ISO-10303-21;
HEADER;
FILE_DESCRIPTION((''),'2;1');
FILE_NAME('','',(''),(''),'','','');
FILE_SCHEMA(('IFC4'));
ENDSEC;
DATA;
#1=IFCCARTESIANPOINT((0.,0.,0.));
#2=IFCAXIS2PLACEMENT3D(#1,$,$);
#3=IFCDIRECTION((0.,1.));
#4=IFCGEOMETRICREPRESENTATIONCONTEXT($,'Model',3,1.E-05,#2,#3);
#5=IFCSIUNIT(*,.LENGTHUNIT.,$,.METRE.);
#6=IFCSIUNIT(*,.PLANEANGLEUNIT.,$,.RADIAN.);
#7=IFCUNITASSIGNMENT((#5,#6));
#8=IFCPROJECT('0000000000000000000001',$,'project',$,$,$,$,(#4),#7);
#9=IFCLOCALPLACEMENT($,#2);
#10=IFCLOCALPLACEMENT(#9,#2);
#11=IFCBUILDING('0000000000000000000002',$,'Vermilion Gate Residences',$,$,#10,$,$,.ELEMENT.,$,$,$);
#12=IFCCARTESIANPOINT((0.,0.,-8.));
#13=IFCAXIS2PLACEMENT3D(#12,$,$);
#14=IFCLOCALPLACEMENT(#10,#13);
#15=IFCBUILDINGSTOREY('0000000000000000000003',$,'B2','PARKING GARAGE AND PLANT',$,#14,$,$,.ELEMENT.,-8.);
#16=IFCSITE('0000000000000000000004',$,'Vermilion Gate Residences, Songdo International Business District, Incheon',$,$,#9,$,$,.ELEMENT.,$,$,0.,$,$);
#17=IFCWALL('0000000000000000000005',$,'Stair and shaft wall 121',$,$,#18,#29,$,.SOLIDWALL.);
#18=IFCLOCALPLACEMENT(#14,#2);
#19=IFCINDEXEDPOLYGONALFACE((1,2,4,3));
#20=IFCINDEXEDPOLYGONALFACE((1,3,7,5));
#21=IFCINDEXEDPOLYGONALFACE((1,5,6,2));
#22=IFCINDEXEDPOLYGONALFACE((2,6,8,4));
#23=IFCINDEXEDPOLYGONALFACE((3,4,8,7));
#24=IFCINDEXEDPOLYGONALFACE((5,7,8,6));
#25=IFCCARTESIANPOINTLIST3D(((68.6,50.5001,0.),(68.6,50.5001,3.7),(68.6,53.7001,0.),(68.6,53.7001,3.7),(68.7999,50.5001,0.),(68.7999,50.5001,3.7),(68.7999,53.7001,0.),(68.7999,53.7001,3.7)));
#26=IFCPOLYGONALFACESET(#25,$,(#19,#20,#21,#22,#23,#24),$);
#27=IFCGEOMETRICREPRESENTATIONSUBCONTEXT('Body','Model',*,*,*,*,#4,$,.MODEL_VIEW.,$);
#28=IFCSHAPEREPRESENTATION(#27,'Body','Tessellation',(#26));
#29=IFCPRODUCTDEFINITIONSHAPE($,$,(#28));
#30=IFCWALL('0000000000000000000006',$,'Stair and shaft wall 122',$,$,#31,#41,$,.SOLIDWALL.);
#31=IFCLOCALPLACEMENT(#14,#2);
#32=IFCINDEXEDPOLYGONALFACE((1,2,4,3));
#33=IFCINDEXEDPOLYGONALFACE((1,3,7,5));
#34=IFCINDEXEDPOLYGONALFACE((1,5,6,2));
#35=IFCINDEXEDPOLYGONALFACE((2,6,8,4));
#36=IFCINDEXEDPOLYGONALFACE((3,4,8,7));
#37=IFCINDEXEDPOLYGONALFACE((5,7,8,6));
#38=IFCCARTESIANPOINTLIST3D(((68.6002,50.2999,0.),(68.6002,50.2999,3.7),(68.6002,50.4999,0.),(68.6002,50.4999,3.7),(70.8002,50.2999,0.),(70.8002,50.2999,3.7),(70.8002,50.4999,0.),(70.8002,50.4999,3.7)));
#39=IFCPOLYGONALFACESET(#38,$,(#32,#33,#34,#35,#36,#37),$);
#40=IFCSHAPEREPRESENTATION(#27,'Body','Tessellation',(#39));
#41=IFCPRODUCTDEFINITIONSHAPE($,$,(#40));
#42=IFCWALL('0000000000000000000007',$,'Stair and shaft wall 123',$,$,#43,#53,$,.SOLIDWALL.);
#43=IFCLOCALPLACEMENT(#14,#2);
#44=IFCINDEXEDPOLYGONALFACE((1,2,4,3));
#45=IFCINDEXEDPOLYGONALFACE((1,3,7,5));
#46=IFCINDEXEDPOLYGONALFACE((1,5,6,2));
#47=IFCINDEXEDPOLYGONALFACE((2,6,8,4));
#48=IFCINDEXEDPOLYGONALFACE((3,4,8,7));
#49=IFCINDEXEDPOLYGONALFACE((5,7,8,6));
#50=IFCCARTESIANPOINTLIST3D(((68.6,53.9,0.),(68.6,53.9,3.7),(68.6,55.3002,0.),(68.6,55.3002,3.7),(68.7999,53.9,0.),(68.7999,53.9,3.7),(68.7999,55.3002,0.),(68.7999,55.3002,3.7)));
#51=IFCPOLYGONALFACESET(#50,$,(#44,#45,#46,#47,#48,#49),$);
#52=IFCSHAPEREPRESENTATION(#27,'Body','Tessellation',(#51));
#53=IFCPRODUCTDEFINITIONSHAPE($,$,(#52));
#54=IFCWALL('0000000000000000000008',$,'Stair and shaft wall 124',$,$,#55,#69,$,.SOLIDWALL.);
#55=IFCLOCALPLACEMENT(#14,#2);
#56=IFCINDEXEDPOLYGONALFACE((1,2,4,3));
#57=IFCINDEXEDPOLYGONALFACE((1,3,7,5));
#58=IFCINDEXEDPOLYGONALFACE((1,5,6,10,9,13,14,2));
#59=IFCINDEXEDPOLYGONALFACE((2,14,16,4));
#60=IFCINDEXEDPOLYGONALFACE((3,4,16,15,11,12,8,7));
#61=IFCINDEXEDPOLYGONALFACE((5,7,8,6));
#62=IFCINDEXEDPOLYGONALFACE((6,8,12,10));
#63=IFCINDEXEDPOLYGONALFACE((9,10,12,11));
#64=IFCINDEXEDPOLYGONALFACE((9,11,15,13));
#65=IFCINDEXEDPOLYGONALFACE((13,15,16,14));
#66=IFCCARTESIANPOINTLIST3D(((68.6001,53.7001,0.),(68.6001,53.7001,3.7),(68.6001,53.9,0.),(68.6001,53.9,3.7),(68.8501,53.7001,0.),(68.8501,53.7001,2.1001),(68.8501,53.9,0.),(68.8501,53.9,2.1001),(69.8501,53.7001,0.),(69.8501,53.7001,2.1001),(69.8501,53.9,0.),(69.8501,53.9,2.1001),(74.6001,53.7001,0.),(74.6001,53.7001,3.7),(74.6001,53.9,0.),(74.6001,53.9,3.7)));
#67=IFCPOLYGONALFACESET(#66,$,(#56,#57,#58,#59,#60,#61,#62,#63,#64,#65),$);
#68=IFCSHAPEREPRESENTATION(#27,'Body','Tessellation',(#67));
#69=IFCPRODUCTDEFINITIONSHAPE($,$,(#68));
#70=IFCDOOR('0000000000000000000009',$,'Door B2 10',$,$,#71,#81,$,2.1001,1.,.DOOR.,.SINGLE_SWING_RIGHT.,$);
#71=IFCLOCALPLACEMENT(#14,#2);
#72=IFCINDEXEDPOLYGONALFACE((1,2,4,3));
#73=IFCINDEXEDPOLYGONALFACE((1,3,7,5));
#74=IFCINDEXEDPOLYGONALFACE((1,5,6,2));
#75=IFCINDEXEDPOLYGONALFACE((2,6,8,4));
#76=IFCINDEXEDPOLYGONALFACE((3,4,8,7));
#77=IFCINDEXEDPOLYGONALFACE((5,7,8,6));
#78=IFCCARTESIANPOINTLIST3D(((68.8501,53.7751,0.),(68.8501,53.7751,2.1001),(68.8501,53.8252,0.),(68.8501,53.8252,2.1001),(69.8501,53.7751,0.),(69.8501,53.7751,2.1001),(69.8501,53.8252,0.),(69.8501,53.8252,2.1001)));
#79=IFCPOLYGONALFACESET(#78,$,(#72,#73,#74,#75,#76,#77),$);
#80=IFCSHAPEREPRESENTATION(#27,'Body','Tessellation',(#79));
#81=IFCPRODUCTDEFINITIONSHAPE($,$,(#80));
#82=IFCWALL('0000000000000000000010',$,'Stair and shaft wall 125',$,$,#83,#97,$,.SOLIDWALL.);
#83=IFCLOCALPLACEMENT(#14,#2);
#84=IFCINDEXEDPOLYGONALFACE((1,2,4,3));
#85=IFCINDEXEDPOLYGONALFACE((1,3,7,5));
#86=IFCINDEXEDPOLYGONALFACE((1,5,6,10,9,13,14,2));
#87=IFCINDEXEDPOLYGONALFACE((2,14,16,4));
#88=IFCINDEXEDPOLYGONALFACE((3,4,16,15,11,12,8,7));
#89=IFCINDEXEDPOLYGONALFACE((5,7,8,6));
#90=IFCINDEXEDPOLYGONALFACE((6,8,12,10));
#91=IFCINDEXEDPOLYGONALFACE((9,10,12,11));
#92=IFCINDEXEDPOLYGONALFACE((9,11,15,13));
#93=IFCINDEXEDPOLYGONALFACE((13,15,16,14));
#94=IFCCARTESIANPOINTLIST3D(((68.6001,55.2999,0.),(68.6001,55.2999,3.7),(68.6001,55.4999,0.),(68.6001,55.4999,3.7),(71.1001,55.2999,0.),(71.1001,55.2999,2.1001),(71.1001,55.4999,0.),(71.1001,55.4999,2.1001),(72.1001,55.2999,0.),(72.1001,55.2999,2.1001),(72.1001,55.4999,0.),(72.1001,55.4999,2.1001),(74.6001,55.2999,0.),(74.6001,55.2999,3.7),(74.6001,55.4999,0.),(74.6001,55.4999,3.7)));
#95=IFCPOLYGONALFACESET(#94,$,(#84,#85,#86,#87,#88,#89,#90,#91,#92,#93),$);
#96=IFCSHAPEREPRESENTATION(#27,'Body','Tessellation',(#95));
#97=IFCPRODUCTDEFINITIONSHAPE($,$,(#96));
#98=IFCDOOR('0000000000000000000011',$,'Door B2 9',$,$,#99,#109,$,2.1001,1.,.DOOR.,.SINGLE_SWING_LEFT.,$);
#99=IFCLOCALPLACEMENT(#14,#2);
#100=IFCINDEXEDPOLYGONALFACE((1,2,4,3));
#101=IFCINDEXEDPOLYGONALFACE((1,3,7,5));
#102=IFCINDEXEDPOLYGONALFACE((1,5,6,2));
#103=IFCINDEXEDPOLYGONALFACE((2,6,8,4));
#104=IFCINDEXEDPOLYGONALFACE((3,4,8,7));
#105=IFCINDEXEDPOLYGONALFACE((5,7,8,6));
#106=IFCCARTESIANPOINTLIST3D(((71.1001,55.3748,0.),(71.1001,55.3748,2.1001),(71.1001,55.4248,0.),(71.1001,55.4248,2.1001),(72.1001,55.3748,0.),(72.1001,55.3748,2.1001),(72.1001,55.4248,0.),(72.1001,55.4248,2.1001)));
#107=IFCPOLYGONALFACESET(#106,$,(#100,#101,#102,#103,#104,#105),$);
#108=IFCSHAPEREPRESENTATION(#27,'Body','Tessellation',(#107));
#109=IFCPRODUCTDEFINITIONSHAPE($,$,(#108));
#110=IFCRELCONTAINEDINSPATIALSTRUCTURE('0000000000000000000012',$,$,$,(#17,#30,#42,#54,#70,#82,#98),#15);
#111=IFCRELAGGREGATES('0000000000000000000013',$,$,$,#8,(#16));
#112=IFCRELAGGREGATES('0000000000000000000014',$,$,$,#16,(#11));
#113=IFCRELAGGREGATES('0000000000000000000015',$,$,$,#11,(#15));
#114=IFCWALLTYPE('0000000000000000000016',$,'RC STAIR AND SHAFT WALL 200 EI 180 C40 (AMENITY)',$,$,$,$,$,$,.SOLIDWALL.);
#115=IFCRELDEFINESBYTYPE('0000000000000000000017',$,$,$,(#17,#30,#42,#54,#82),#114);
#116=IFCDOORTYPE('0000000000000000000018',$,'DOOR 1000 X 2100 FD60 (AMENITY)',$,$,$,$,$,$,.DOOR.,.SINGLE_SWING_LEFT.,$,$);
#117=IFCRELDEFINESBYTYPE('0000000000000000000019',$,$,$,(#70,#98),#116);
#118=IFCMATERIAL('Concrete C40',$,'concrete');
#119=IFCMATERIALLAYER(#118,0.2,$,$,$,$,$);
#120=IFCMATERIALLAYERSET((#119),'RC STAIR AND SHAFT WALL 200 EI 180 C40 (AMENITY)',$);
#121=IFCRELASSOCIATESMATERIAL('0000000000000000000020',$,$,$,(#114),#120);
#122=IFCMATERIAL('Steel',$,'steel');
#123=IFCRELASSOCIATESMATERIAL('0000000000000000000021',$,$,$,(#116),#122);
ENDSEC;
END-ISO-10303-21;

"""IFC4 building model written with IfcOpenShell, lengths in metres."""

from ifc_helpers import new_model, si_unit, direction, frame, frame_2d, origin, place, context, subcontext, project, spatial, rectangle, extrude, material, layer, layer_set, type_object, element, fill, save


model = new_model("IFC4")

# Units and contexts
model_context = context("Model", 3, precision=1e-05, world=origin(), true_north=direction((0.0, 1.0)))
body_context = subcontext(model_context, "Body", "Model", "MODEL_VIEW")
ifc_project = project(units=[si_unit("LENGTHUNIT", "METRE"), si_unit("PLANEANGLEUNIT", "RADIAN")], contexts=[model_context])

# Site, building, storey
site_placement = place(None, origin())
site = spatial("IfcSite", under=ifc_project, at=site_placement, Name="Vermilion Gate Residences, Songdo International Business District, Incheon", CompositionType="ELEMENT", RefElevation=0.0)
building_placement = place(site_placement, origin())
building = spatial("IfcBuilding", under=site, at=building_placement, Name="Vermilion Gate Residences", CompositionType="ELEMENT")
storey_placement = place(building_placement, frame((0.0, 0.0, -8.0)))
storey = spatial("IfcBuildingStorey", under=building, at=storey_placement, Name="B2", Description="PARKING GARAGE AND PLANT", CompositionType="ELEMENT", Elevation=-8.0)

# Shared definitions
ifc_material_1 = material(Name="Concrete C40", Category="concrete")
ifc_layer_1 = layer(ifc_material_1, 0.2)
ifc_layer_set_1 = layer_set([ifc_layer_1], Name="RC STAIR AND SHAFT WALL 200 EI 180 C40 (AMENITY)")
wall_type_1 = type_object("IfcWallType", Name="RC STAIR AND SHAFT WALL 200 EI 180 C40 (AMENITY)", PredefinedType="SOLIDWALL", material=ifc_layer_set_1)

# Walls
wall_1_placement = place(storey_placement, frame((68.7, 50.5, 0.0), z_axis=(0.0, 0.0, 1.0), x_axis=(0.0, 1.0, 0.0)))
element("IfcWall", 1, at=wall_1_placement, inside=storey, type_object=wall_type_1, Name="Stair and shaft wall 121", PredefinedType="SOLIDWALL", context=body_context, shape_type="SweptSolid", body=[
    extrude(rectangle(XDim=3.2, YDim=0.2, at=frame_2d((1.6001, 0.0))), origin(), (0.0, 0.0, 1.0), 3.7),
])
wall_2_placement = place(storey_placement, frame((68.6001, 50.3999, 0.0), z_axis=(0.0, 0.0, 1.0), x_axis=(1.0, 0.0, 0.0)))
element("IfcWall", 2, at=wall_2_placement, inside=storey, type_object=wall_type_1, Name="Stair and shaft wall 122", PredefinedType="SOLIDWALL", context=body_context, shape_type="SweptSolid", body=[
    extrude(rectangle(XDim=2.2, YDim=0.2, at=frame_2d((1.1001, 0.0))), origin(), (0.0, 0.0, 1.0), 3.7),
])
wall_3_placement = place(storey_placement, frame((68.7, 53.8999, 0.0), z_axis=(0.0, 0.0, 1.0), x_axis=(0.0, 1.0, 0.0)))
element("IfcWall", 3, at=wall_3_placement, inside=storey, type_object=wall_type_1, Name="Stair and shaft wall 123", PredefinedType="SOLIDWALL", context=body_context, shape_type="SweptSolid", body=[
    extrude(rectangle(XDim=1.4001, YDim=0.2, at=frame_2d((0.7002, 0.0))), origin(), (0.0, 0.0, 1.0), 3.7),
])

# Walls, openings, doors
wall_4_placement = place(storey_placement, frame((68.6001, 53.8, 0.0), z_axis=(0.0, 0.0, 1.0), x_axis=(1.0, 0.0, 0.0)))
wall_4 = element("IfcWall", 4, at=wall_4_placement, inside=storey, type_object=wall_type_1, Name="Stair and shaft wall 124", PredefinedType="SOLIDWALL", context=body_context, shape_type="SweptSolid", body=[
    extrude(rectangle(XDim=6.0, YDim=0.2, at=frame_2d((3.0, 0.0))), origin(), (0.0, 0.0, 1.0), 3.7),
])
opening_1_placement = place(wall_4_placement, frame((0.25, 0.0, 0.0)))
opening_1 = element("IfcOpeningElement", 5, at=opening_1_placement, cuts=wall_4, PredefinedType="OPENING", context=body_context, shape_type="SweptSolid", body=[
    extrude(rectangle(XDim=1.0, YDim=2.1001, at=frame_2d((0.5, 1.05))), frame((0.0, 0.1099, 0.0), z_axis=(0.0, -1.0, 0.0), x_axis=(1.0, 0.0, 0.0)), (0.0, 0.0, 1.0), 0.22),
])
ifc_material_2 = material(Name="Steel", Category="steel")
door_type_1 = type_object("IfcDoorType", Name="DOOR 1000 X 2100 FD60 (AMENITY)", OperationType="SINGLE_SWING_LEFT", PredefinedType="DOOR", material=ifc_material_2)
door_1_placement = place(opening_1_placement, frame((1.0, 0.0, 0.0), z_axis=(0.0, 0.0, 1.0), x_axis=(-1.0, 0.0, 0.0)))
door_1 = element("IfcDoor", 6, at=door_1_placement, inside=storey, type_object=door_type_1, Name="Door B2 10", OperationType="SINGLE_SWING_RIGHT", OverallHeight=2.1001, OverallWidth=1.0, PredefinedType="DOOR", context=body_context, shape_type="SweptSolid", body=[
    extrude(rectangle(XDim=1.0, YDim=2.1001, at=frame_2d((0.5, 1.05))), frame((0.0, 0.0249, 0.0), z_axis=(0.0, -1.0, 0.0), x_axis=(1.0, 0.0, 0.0)), (0.0, 0.0, 1.0), 0.05),
])
fill(opening_1, door_1)
wall_5_placement = place(storey_placement, frame((68.6001, 55.3999, 0.0), z_axis=(0.0, 0.0, 1.0), x_axis=(1.0, 0.0, 0.0)))
wall_5 = element("IfcWall", 7, at=wall_5_placement, inside=storey, type_object=wall_type_1, Name="Stair and shaft wall 125", PredefinedType="SOLIDWALL", context=body_context, shape_type="SweptSolid", body=[
    extrude(rectangle(XDim=6.0, YDim=0.2, at=frame_2d((3.0, 0.0))), origin(), (0.0, 0.0, 1.0), 3.7),
])
opening_2_placement = place(wall_5_placement, frame((2.5, 0.0, 0.0)))
opening_2 = element("IfcOpeningElement", 8, at=opening_2_placement, cuts=wall_5, PredefinedType="OPENING", context=body_context, shape_type="SweptSolid", body=[
    extrude(rectangle(XDim=1.0, YDim=2.1001, at=frame_2d((0.5, 1.05))), frame((0.0, 0.1099, 0.0), z_axis=(0.0, -1.0, 0.0), x_axis=(1.0, 0.0, 0.0)), (0.0, 0.0, 1.0), 0.22),
])
door_2_placement = place(opening_2_placement, origin())
door_2 = element("IfcDoor", 9, at=door_2_placement, inside=storey, type_object=door_type_1, Name="Door B2 9", OperationType="SINGLE_SWING_LEFT", OverallHeight=2.1001, OverallWidth=1.0, PredefinedType="DOOR", context=body_context, shape_type="SweptSolid", body=[
    extrude(rectangle(XDim=1.0, YDim=2.1001, at=frame_2d((0.5, 1.05))), frame((0.0, 0.0249, 0.0), z_axis=(0.0, -1.0, 0.0), x_axis=(1.0, 0.0, 0.0)), (0.0, 0.0, 1.0), 0.05),
])
fill(opening_2, door_2)

save(model, "model.ifc")
